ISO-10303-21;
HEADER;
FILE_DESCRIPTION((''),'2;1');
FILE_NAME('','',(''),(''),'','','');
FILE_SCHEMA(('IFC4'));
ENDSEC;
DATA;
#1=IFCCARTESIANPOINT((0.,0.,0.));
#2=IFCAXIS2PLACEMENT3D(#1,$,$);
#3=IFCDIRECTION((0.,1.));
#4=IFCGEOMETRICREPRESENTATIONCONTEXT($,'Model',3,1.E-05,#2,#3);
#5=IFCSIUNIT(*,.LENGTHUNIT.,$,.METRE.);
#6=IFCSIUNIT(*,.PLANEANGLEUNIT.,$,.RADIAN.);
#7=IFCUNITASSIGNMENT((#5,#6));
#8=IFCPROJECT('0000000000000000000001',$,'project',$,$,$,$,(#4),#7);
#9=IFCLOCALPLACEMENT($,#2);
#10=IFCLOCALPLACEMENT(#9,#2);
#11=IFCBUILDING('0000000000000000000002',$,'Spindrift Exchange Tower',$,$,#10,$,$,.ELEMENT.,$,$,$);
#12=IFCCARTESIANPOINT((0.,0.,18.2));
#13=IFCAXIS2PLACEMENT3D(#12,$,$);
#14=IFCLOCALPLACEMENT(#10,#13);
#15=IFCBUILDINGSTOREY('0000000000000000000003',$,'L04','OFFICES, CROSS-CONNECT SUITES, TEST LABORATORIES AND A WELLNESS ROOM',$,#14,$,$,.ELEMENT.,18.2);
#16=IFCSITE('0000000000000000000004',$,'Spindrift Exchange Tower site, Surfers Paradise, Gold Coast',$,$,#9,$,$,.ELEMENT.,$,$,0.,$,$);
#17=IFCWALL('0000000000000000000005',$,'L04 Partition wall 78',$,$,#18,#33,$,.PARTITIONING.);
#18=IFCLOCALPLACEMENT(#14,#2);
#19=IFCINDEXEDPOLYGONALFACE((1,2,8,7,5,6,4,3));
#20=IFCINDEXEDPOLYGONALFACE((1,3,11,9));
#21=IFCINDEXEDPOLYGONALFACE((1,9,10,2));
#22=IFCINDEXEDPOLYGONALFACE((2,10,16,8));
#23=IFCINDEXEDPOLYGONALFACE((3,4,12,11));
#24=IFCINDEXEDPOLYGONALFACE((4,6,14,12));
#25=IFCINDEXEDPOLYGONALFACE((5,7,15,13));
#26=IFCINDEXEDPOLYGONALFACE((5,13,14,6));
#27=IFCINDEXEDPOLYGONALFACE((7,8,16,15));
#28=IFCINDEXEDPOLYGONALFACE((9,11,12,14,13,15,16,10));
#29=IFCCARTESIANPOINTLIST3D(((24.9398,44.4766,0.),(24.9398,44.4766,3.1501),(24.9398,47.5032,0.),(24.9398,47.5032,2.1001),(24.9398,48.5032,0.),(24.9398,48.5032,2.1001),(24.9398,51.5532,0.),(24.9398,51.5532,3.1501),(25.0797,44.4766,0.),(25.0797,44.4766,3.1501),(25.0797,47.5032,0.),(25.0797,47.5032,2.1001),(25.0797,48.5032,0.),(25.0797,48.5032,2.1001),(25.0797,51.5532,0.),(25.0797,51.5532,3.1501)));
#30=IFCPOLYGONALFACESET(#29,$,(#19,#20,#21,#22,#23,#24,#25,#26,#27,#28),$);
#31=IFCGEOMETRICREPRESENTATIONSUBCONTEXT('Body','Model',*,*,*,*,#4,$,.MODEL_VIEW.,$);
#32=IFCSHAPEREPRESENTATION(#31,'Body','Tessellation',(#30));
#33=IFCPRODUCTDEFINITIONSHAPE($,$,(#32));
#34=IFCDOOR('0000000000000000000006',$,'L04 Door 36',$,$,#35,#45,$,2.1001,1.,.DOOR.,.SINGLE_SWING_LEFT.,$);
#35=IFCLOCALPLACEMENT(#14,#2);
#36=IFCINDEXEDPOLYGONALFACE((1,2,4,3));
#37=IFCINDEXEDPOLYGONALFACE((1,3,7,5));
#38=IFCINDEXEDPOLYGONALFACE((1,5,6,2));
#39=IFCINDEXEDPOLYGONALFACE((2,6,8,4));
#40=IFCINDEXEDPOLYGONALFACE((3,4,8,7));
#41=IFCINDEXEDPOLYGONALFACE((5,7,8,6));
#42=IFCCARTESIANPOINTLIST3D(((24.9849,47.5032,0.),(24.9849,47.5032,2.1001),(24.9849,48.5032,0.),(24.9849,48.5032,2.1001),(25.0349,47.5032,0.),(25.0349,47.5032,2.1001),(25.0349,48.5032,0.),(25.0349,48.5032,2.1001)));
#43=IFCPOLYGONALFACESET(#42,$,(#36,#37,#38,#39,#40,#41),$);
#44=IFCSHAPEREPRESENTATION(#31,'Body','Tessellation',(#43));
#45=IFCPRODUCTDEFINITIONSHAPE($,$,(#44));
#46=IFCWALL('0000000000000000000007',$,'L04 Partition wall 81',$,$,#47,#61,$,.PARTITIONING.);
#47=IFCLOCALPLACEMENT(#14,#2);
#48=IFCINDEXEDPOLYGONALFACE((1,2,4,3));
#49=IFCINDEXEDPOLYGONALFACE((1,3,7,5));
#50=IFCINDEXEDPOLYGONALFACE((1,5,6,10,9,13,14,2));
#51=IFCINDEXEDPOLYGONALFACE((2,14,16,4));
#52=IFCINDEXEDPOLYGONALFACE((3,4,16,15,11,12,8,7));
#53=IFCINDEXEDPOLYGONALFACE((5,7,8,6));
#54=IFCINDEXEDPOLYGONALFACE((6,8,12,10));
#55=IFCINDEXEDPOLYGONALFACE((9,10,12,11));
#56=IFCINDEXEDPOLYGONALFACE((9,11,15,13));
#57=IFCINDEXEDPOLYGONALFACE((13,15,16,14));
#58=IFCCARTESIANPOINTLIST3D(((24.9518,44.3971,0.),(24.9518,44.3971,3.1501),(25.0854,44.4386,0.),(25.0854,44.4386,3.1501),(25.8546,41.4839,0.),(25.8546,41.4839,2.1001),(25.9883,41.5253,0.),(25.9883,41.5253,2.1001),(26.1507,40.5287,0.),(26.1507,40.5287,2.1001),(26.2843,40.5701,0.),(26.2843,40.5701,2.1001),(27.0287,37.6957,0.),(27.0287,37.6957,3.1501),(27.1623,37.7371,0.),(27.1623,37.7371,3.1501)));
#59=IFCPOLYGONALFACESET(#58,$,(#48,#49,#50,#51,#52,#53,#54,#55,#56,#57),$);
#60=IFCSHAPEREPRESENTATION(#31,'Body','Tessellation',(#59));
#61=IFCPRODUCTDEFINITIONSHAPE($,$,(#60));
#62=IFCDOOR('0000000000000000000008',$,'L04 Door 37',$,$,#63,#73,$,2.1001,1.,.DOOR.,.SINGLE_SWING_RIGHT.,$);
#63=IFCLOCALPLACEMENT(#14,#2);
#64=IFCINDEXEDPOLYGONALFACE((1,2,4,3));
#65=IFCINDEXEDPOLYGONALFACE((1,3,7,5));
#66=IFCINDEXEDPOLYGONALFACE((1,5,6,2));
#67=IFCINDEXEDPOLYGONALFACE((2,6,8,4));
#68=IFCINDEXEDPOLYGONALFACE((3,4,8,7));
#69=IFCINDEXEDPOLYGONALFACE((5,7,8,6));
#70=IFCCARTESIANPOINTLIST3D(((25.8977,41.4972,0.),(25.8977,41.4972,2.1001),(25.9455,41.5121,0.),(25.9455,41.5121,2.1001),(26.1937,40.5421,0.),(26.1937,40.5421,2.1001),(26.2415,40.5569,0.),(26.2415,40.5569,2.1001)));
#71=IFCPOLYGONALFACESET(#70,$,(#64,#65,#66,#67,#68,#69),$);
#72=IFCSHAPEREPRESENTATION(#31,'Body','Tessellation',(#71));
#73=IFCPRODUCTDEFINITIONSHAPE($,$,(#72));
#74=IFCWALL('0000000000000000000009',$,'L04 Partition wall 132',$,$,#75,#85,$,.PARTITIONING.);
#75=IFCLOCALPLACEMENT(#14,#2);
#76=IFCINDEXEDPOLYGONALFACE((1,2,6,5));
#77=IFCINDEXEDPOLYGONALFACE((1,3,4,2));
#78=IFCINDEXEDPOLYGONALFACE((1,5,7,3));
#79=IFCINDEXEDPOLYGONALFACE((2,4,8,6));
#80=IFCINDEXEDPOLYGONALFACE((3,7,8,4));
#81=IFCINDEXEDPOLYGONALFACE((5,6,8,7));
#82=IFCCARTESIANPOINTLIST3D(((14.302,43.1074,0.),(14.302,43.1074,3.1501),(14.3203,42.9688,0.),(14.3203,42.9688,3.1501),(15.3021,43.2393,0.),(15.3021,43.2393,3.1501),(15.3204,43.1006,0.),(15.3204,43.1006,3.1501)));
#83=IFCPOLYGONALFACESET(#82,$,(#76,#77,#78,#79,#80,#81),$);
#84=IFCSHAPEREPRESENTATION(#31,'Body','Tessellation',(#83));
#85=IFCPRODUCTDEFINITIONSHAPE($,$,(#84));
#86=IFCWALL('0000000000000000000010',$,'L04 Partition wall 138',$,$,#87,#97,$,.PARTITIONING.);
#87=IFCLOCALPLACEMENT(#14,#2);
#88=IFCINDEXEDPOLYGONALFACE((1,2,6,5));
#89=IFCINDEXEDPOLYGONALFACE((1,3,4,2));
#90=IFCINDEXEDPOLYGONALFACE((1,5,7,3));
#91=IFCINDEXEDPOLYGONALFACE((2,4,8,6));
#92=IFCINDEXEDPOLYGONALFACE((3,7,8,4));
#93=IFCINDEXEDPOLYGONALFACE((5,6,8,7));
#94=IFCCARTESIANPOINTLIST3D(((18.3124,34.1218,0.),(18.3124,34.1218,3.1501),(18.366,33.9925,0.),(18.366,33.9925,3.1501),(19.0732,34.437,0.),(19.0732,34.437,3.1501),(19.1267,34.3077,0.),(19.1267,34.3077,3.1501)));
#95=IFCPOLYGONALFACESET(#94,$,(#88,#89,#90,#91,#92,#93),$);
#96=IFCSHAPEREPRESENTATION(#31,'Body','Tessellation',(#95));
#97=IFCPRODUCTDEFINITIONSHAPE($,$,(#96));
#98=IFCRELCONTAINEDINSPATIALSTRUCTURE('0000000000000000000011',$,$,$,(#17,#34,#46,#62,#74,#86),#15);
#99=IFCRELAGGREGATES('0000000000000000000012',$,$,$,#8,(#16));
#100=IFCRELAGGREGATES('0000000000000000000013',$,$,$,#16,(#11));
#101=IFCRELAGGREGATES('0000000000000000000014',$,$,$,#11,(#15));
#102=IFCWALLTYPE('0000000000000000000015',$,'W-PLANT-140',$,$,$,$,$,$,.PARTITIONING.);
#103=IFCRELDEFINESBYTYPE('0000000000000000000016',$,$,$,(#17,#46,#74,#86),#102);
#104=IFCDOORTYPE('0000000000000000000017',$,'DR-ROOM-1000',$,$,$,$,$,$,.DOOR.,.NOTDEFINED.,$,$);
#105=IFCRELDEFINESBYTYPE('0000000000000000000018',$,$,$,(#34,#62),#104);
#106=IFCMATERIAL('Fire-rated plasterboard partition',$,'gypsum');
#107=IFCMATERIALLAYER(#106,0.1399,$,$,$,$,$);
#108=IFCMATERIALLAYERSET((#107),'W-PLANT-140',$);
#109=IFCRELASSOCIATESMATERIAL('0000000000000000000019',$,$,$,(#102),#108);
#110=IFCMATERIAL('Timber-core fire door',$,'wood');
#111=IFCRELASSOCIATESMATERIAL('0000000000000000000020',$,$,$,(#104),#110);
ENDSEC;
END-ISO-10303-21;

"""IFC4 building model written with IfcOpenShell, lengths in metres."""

from ifc_helpers import new_model, si_unit, direction, frame, frame_2d, origin, place, context, subcontext, project, spatial, rectangle, extrude, source, transform, mapped, material, layer, layer_set, type_object, element, fill, save


model = new_model("IFC4")

# Units and contexts
model_context = context("Model", 3, precision=1e-05, world=origin(), true_north=direction((0.0, 1.0)))
body_context = subcontext(model_context, "Body", "Model", "MODEL_VIEW")
ifc_project = project(units=[si_unit("LENGTHUNIT", "METRE"), si_unit("PLANEANGLEUNIT", "RADIAN")], contexts=[model_context])

# Site, building, storey
site_placement = place(None, origin())
site = spatial("IfcSite", under=ifc_project, at=site_placement, Name="Spindrift Exchange Tower site, Surfers Paradise, Gold Coast", CompositionType="ELEMENT", RefElevation=0.0)
building_placement = place(site_placement, origin())
building = spatial("IfcBuilding", under=site, at=building_placement, Name="Spindrift Exchange Tower", CompositionType="ELEMENT")
storey_placement = place(building_placement, frame((0.0, 0.0, 18.2)))
storey = spatial("IfcBuildingStorey", under=building, at=storey_placement, Name="L04", Description="OFFICES, CROSS-CONNECT SUITES, TEST LABORATORIES AND A WELLNESS ROOM", CompositionType="ELEMENT", Elevation=18.2)

# Shared definitions
ifc_material_1 = material(Name="Fire-rated plasterboard partition", Category="gypsum")
ifc_layer_1 = layer(ifc_material_1, 0.1399)
ifc_layer_set_1 = layer_set([ifc_layer_1], Name="W-PLANT-140")
wall_type = type_object("IfcWallType", Name="W-PLANT-140", PredefinedType="PARTITIONING", material=ifc_layer_set_1)

# Walls, openings, doors
wall_1_placement = place(storey_placement, frame((25.0098, 44.4766, 0.0), z_axis=(0.0, 0.0, 1.0), x_axis=(0.0, 1.0, 0.0)))
wall_1 = element("IfcWall", 1, at=wall_1_placement, inside=storey, type_object=wall_type, Name="L04 Partition wall 78", PredefinedType="PARTITIONING", context=body_context, shape_type="SweptSolid", body=[
    extrude(rectangle(XDim=7.0767, YDim=0.1399, at=frame_2d((3.5383, 0.0))), origin(), (0.0, 0.0, 1.0), 3.1501),
])
opening_1_placement = place(wall_1_placement, frame((3.0266, 0.0, 0.0)))
opening_1 = element("IfcOpeningElement", 2, at=opening_1_placement, cuts=wall_1, PredefinedType="OPENING", context=body_context, shape_type="SweptSolid", body=[
    extrude(rectangle(XDim=1.0, YDim=2.1001, at=frame_2d((0.5, 1.05))), frame((0.0, 0.0798, 0.0), z_axis=(0.0, -1.0, 0.0), x_axis=(1.0, 0.0, 0.0)), (0.0, 0.0, 1.0), 0.1599),
])
ifc_material_2 = material(Name="Timber-core fire door", Category="wood")
door_type = type_object("IfcDoorType", Name="DR-ROOM-1000", OperationType="NOTDEFINED", PredefinedType="DOOR", material=ifc_material_2)
shared_shape_1 = source(origin(), body_context, "Body", "SweptSolid", [
    extrude(rectangle(XDim=1.0, YDim=2.1001, at=frame_2d((0.5, 1.05))), frame((0.0, 0.0249, 0.0), z_axis=(0.0, -1.0, 0.0), x_axis=(1.0, 0.0, 0.0)), (0.0, 0.0, 1.0), 0.05),
])
door_1_placement = place(opening_1_placement, origin())
door_1 = element("IfcDoor", 3, at=door_1_placement, inside=storey, type_object=door_type, Name="L04 Door 36", OperationType="SINGLE_SWING_LEFT", OverallHeight=2.1001, OverallWidth=1.0, PredefinedType="DOOR", context=body_context, shape_type="MappedRepresentation", body=[
    mapped(shared_shape_1, transform((0.0, 0.0, 0.0), scale=1.0)),
])
fill(opening_1, door_1)
wall_2_placement = place(storey_placement, frame((27.0955, 37.7166, 0.0), z_axis=(0.0, 0.0, 1.0), x_axis=(-0.296029, 0.955179, 0.0)))
wall_2 = element("IfcWall", 4, at=wall_2_placement, inside=storey, type_object=wall_type, Name="L04 Partition wall 81", PredefinedType="PARTITIONING", context=body_context, shape_type="SweptSolid", body=[
    extrude(rectangle(XDim=7.0159, YDim=0.1399, at=frame_2d((3.5078, 0.0))), origin(), (0.0, 0.0, 1.0), 3.1501),
])
opening_2_placement = place(wall_2_placement, frame((2.9658, 0.0, 0.0)))
opening_2 = element("IfcOpeningElement", 5, at=opening_2_placement, cuts=wall_2, PredefinedType="OPENING", context=body_context, shape_type="SweptSolid", body=[
    extrude(rectangle(XDim=1.0, YDim=2.1001, at=frame_2d((0.5, 1.05))), frame((0.0, 0.0798, 0.0), z_axis=(0.0, -1.0, 0.0), x_axis=(1.0, 0.0, 0.0)), (0.0, 0.0, 1.0), 0.1599),
])
door_2_placement = place(opening_2_placement, origin())
door_2 = element("IfcDoor", 6, at=door_2_placement, inside=storey, type_object=door_type, Name="L04 Door 37", OperationType="SINGLE_SWING_RIGHT", OverallHeight=2.1001, OverallWidth=1.0, PredefinedType="DOOR", context=body_context, shape_type="MappedRepresentation", body=[
    mapped(shared_shape_1, transform((0.0, 0.0, 0.0), scale=1.0)),
])
fill(opening_2, door_2)

# Walls
wall_3_placement = place(storey_placement, frame((15.3113, 43.1699, 0.0), z_axis=(0.0, 0.0, 1.0), x_axis=(-0.991425, -0.130674, 0.0)))
element("IfcWall", 7, at=wall_3_placement, inside=storey, type_object=wall_type, Name="L04 Partition wall 132", PredefinedType="PARTITIONING", context=body_context, shape_type="SweptSolid", body=[
    extrude(rectangle(XDim=1.0088, YDim=0.1399, at=frame_2d((0.5044, 0.0))), origin(), (0.0, 0.0, 1.0), 3.1501),
])
wall_4_placement = place(storey_placement, frame((19.0999, 34.3723, 0.0), z_axis=(0.0, 0.0, 1.0), x_axis=(-0.923847, -0.382762, 0.0)))
element("IfcWall", 8, at=wall_4_placement, inside=storey, type_object=wall_type, Name="L04 Partition wall 138", PredefinedType="PARTITIONING", context=body_context, shape_type="SweptSolid", body=[
    extrude(rectangle(XDim=0.8235, YDim=0.1399, at=frame_2d((0.4116, 0.0))), origin(), (0.0, 0.0, 1.0), 3.1501),
])

save(model, "model.ifc")
